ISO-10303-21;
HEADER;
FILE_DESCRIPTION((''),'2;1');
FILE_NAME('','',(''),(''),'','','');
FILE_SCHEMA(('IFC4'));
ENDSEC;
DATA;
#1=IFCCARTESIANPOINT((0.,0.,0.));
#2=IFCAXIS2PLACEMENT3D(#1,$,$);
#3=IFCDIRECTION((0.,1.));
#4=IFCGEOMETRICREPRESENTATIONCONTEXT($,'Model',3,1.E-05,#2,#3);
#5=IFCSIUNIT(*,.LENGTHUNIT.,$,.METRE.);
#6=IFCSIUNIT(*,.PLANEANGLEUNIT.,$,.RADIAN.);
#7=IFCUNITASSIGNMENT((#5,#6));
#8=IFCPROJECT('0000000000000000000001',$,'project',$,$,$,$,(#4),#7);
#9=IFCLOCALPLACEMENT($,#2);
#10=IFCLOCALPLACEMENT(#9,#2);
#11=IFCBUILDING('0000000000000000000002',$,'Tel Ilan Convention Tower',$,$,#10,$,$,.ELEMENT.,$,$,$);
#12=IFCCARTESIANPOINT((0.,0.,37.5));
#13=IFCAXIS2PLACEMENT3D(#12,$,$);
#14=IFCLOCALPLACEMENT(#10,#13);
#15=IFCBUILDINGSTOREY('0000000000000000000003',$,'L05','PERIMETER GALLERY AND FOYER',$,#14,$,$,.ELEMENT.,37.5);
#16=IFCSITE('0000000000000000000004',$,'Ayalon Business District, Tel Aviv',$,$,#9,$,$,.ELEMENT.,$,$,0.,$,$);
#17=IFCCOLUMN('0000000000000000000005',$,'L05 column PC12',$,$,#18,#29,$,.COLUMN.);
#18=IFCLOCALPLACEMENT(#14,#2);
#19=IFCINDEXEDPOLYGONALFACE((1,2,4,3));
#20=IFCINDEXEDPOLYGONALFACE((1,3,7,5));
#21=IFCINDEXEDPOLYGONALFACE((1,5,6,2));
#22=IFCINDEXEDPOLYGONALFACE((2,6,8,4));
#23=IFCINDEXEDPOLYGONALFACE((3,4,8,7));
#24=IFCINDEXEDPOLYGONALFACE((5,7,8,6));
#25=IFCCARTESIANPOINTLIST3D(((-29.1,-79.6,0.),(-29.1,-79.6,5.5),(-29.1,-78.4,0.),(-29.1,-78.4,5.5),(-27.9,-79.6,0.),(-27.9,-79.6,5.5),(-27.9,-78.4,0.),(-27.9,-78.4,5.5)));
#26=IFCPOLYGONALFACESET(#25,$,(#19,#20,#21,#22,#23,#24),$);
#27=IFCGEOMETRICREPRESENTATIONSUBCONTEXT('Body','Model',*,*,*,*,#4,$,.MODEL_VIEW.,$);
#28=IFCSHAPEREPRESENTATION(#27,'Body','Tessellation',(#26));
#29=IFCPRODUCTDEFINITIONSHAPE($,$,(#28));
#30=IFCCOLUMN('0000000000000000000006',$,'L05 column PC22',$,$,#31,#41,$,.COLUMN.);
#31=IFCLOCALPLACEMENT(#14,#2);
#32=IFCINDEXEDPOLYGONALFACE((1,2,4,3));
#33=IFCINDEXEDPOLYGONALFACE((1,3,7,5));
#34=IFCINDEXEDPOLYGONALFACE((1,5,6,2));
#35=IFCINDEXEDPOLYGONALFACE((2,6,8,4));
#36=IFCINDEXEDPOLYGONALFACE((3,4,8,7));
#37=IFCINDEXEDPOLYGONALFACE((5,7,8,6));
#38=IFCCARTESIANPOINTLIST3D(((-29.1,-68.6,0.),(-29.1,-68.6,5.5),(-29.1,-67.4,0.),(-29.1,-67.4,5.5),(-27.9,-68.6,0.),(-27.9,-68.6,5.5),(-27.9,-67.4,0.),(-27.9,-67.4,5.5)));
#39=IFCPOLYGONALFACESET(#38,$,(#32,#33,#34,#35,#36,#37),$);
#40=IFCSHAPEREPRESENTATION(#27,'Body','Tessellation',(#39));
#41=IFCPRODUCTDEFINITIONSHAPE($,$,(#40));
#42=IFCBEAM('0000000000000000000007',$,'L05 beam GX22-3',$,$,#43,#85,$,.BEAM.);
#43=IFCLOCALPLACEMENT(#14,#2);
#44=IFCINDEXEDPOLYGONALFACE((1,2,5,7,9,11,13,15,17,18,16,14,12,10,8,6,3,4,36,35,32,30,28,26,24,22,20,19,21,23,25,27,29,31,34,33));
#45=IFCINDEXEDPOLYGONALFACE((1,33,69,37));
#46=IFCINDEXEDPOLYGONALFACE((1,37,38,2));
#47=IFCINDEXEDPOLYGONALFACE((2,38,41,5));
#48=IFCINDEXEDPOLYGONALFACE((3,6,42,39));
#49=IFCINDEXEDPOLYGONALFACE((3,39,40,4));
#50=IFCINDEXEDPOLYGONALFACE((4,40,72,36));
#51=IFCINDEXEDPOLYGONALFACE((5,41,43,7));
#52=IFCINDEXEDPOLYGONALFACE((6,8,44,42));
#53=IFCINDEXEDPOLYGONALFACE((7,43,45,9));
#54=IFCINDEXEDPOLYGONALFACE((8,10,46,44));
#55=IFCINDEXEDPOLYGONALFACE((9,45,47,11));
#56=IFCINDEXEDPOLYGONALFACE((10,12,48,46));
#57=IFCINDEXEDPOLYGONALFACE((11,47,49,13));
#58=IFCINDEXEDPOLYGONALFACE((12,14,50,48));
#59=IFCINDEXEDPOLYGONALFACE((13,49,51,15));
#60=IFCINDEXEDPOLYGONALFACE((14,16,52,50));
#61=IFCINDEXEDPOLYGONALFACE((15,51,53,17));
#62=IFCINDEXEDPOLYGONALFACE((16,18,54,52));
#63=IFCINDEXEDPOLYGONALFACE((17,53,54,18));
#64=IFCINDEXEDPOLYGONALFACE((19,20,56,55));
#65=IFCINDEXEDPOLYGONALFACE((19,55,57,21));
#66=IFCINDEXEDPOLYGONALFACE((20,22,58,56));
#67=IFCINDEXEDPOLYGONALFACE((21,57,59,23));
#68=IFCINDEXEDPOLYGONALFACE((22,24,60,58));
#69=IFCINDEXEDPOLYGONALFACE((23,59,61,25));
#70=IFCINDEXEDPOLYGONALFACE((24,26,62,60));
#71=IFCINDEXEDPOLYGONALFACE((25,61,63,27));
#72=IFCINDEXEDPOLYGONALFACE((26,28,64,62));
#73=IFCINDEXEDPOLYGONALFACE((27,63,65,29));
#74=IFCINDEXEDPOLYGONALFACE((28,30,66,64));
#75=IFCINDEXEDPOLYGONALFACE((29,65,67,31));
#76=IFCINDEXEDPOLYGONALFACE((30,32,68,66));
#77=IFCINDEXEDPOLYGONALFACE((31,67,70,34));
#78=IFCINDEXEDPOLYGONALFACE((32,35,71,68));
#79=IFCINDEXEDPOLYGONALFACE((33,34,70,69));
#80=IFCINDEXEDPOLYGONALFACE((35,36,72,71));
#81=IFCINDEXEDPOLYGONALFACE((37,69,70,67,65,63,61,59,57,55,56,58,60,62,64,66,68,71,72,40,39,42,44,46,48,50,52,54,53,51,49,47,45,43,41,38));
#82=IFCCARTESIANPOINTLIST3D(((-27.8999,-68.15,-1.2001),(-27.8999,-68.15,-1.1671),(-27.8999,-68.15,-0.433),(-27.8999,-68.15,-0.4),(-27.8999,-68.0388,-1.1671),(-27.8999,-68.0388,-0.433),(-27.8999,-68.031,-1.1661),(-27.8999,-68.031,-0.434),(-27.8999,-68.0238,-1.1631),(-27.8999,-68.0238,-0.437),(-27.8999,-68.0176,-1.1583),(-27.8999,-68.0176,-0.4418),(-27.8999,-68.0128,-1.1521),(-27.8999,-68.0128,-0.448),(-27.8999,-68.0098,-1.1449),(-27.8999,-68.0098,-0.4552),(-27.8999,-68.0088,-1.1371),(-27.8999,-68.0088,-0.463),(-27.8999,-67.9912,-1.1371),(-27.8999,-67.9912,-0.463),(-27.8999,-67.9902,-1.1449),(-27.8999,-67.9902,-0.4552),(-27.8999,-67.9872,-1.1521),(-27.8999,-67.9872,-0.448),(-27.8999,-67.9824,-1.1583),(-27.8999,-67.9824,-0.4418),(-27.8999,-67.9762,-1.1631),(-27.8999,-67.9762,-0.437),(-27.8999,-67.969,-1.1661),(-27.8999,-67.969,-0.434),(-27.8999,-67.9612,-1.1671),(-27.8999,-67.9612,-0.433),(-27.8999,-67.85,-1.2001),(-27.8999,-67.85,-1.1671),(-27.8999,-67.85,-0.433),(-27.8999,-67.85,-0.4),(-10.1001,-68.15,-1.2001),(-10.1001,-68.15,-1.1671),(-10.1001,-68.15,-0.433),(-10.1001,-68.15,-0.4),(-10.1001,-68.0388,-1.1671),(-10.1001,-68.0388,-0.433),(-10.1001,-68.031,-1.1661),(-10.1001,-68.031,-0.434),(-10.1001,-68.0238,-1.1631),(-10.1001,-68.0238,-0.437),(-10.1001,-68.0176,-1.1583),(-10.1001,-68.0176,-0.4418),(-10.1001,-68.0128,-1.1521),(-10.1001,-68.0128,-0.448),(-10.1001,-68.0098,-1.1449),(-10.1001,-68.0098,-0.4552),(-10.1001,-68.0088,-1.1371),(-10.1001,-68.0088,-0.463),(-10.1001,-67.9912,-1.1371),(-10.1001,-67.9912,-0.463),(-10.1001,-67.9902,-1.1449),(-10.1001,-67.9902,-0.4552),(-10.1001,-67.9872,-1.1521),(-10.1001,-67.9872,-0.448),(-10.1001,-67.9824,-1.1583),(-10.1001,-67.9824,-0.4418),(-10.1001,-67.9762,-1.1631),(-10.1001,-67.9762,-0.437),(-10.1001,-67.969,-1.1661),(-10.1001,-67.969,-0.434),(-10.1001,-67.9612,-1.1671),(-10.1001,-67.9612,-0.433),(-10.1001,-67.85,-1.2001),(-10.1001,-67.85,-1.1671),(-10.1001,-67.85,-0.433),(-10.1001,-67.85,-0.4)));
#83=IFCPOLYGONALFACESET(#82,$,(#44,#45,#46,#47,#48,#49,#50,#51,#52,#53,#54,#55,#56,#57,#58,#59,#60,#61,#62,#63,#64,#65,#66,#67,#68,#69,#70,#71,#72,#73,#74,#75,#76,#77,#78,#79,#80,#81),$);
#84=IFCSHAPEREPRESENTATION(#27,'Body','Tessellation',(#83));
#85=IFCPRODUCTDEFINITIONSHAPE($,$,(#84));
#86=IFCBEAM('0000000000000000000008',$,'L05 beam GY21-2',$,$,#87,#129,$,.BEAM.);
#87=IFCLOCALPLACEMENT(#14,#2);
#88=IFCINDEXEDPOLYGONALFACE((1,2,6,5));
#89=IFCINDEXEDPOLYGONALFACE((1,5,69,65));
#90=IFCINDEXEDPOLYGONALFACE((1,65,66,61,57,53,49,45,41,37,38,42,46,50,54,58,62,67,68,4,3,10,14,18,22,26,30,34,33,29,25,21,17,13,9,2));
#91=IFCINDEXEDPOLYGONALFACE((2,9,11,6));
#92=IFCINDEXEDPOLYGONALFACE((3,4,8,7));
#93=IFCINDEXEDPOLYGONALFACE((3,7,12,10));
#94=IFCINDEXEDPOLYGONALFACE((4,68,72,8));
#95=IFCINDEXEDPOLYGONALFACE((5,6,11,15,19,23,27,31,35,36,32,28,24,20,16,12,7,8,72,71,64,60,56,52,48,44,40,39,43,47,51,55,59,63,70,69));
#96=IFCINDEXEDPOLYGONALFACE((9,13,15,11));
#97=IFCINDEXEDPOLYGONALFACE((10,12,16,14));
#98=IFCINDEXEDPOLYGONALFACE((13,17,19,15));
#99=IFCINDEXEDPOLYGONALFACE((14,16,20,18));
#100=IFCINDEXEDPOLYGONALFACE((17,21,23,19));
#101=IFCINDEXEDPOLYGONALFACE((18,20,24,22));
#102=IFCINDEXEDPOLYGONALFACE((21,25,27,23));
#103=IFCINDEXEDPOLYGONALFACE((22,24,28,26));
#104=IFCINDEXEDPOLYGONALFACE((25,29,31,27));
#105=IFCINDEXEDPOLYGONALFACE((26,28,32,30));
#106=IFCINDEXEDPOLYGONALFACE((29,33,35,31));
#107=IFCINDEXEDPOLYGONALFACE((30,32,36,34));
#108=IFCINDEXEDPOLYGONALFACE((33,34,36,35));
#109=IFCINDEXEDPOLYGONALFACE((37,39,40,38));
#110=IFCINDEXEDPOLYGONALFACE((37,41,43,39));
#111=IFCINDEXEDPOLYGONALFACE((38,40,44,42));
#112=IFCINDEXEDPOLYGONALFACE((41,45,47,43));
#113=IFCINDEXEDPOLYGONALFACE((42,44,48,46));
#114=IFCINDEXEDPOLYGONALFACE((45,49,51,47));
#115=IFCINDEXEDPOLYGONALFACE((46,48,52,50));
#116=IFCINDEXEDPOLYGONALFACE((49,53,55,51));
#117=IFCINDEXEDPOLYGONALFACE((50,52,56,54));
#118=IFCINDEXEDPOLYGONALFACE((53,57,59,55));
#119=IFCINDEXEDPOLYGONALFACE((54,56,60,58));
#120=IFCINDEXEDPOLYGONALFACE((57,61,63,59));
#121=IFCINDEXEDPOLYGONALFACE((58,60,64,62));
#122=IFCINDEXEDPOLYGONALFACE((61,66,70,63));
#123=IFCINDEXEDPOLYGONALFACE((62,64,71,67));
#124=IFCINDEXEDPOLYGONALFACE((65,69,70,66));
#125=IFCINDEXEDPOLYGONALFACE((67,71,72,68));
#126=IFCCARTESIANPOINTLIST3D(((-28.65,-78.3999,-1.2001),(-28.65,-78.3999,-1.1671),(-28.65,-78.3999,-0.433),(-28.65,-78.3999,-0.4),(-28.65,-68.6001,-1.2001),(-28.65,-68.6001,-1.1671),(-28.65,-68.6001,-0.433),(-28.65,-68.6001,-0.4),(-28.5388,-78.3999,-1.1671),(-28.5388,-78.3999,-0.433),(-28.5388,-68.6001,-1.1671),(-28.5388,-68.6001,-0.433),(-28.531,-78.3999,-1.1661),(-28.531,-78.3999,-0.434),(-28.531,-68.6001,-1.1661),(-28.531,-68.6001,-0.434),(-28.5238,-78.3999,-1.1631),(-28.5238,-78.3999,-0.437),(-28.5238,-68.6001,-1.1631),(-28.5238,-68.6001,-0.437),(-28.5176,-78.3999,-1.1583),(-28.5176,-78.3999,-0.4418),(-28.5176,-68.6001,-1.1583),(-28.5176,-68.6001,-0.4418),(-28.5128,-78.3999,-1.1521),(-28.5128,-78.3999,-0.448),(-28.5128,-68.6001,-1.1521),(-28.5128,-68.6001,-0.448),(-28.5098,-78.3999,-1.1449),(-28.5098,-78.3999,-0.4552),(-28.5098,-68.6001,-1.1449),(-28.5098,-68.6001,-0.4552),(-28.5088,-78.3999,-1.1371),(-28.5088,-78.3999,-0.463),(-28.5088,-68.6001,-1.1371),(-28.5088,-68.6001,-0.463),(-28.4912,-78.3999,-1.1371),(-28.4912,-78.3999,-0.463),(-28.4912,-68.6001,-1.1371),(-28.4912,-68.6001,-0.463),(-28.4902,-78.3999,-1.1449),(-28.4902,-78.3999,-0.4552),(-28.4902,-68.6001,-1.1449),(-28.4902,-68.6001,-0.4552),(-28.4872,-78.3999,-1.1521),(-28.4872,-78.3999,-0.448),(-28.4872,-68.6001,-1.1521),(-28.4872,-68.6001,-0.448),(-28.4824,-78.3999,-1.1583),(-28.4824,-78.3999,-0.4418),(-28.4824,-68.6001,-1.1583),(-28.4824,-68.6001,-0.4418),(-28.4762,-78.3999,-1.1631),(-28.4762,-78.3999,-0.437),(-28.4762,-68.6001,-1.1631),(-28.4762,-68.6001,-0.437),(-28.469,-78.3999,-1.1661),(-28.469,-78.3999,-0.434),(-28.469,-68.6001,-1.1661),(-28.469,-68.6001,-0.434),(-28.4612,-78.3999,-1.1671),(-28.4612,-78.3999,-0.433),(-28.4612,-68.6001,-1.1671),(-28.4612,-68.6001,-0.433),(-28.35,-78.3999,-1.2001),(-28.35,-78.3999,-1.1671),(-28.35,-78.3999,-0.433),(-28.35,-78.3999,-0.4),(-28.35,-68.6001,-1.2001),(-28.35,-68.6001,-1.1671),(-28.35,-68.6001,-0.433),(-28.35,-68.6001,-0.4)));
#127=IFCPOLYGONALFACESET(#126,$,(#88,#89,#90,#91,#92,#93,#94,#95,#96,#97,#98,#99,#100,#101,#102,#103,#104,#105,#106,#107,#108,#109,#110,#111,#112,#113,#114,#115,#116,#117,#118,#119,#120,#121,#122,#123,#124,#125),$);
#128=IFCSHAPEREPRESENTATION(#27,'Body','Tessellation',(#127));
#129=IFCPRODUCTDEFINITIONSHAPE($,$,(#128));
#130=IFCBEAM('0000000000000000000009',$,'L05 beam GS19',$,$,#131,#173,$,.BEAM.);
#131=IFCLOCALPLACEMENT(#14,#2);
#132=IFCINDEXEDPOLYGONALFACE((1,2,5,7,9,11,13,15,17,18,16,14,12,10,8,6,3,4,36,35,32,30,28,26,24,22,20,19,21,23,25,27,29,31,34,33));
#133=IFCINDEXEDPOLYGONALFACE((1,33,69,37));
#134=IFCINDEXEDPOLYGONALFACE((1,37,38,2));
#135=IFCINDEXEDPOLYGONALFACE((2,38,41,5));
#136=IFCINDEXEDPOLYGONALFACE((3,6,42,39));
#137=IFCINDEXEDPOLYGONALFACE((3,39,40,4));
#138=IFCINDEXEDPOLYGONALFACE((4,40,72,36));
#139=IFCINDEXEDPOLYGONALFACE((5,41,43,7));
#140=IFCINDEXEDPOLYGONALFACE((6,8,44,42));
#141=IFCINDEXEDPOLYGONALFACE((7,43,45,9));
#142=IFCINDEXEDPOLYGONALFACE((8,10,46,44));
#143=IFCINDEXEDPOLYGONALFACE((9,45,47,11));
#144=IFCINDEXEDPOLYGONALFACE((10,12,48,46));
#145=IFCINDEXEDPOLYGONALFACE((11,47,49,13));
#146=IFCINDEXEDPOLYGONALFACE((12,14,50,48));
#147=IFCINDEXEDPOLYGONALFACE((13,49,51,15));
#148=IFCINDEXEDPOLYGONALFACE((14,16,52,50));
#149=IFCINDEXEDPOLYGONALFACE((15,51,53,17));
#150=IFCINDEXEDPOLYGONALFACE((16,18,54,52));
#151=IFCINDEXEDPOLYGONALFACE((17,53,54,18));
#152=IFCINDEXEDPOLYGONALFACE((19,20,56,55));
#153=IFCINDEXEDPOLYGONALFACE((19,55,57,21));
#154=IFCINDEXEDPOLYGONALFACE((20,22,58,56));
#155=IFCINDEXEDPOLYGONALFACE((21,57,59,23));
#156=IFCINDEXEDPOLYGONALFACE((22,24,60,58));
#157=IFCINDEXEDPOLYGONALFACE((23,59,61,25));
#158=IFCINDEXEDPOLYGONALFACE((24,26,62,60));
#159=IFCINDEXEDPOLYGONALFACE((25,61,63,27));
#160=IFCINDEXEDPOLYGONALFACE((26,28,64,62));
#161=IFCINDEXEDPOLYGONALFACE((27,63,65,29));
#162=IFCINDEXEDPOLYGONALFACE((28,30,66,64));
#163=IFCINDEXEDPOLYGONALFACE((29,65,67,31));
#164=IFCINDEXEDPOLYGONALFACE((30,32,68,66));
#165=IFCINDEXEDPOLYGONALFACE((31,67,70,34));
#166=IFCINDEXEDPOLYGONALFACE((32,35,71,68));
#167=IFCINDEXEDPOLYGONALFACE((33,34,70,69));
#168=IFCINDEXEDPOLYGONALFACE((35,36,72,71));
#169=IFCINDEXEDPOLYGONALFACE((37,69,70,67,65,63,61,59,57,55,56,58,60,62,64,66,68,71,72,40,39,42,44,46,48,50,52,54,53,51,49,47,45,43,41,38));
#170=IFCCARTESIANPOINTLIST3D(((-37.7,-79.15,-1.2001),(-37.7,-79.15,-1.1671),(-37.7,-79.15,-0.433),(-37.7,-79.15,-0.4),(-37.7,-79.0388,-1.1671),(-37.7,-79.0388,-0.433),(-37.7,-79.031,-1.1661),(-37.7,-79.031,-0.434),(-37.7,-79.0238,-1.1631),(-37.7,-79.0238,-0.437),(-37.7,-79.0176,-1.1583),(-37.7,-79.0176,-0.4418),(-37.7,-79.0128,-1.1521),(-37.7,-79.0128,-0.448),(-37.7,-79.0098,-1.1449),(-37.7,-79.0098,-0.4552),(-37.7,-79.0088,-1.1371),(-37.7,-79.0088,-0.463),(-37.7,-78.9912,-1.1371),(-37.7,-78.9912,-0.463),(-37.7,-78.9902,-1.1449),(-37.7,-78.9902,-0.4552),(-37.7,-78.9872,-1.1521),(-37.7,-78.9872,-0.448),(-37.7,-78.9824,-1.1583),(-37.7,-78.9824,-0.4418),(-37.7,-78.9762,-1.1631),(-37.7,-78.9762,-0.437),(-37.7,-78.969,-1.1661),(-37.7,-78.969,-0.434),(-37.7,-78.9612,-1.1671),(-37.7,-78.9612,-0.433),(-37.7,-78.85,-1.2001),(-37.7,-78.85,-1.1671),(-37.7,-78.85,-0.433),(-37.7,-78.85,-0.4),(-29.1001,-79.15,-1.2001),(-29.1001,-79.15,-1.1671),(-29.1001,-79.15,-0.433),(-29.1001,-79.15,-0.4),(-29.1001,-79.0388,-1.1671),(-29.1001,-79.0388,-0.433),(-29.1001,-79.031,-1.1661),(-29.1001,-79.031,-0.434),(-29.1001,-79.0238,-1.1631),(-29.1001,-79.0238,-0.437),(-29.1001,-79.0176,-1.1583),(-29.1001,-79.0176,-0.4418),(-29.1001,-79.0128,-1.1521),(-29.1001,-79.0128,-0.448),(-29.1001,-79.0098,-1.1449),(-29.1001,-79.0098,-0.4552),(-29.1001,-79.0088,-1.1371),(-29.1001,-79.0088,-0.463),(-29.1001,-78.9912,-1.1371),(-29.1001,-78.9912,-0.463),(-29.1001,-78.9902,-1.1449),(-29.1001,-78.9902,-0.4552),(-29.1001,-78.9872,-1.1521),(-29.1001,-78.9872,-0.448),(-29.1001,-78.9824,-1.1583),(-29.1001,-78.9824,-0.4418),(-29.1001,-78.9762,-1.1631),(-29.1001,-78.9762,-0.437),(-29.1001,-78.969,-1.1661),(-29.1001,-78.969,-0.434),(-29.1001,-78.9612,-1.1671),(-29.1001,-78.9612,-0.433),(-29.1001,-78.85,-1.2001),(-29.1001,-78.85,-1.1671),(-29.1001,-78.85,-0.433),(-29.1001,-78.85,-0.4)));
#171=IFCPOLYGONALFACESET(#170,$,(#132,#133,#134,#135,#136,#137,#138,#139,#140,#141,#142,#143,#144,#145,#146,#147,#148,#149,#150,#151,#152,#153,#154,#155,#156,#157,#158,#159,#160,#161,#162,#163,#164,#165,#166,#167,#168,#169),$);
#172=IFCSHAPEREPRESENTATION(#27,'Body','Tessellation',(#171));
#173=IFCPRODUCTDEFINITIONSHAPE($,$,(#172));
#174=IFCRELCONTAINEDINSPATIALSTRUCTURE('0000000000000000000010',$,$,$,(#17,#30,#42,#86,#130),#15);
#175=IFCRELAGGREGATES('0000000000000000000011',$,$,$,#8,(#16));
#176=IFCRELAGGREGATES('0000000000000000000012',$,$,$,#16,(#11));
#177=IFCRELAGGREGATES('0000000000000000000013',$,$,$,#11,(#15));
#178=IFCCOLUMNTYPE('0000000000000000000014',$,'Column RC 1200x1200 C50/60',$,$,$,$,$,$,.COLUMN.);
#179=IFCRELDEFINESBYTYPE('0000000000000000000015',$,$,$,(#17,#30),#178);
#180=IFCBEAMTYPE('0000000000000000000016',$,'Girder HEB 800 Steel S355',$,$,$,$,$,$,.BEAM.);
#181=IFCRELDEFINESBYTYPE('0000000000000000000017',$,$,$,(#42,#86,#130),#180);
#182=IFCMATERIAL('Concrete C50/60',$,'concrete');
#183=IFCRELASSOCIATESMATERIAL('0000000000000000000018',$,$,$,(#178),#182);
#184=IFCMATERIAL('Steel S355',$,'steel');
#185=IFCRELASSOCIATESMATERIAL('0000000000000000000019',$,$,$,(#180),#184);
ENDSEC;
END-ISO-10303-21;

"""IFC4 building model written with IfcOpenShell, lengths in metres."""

from ifc_helpers import new_model, si_unit, direction, frame, origin, origin_2d, place, context, subcontext, project, spatial, rectangle, i_section, extrude, material, material_profile, profile_set, type_object, element, save


model = new_model("IFC4")

# Units and contexts
model_context = context("Model", 3, precision=1e-05, world=origin(), true_north=direction((0.0, 1.0)))
body_context = subcontext(model_context, "Body", "Model", "MODEL_VIEW")
ifc_project = project(units=[si_unit("LENGTHUNIT", "METRE"), si_unit("PLANEANGLEUNIT", "RADIAN")], contexts=[model_context])

# Site, building, storey
site_placement = place(None, origin())
site = spatial("IfcSite", under=ifc_project, at=site_placement, Name="Ayalon Business District, Tel Aviv", CompositionType="ELEMENT", RefElevation=0.0)
building_placement = place(site_placement, origin())
building = spatial("IfcBuilding", under=site, at=building_placement, Name="Tel Ilan Convention Tower", CompositionType="ELEMENT")
storey_placement = place(building_placement, frame((0.0, 0.0, 37.5)))
storey = spatial("IfcBuildingStorey", under=building, at=storey_placement, Name="L05", Description="PERIMETER GALLERY AND FOYER", CompositionType="ELEMENT", Elevation=37.5)

# Columns
ifc_material_1 = material(Name="Concrete C50/60", Category="concrete")
ifc_material_profile_1 = material_profile(ifc_material_1, rectangle(XDim=1.2, YDim=1.2, at=origin_2d()), Name="RC 1200x1200")
ifc_profile_set_1 = profile_set([ifc_material_profile_1], Name="Concrete C50/60")
column_type = type_object("IfcColumnType", Name="Column RC 1200x1200 C50/60", PredefinedType="COLUMN", material=ifc_profile_set_1)
for number, where, z_axis, x_axis, name in (
    (1, (-28.5, -79.0, 0.0), (0.0, 0.0, 1.0), (1.0, 0.0, 0.0), "L05 column PC12"),
    (2, (-28.5, -68.0, 0.0), (0.0, 0.0, 1.0), (1.0, 0.0, 0.0), "L05 column PC22"),
):
    element("IfcColumn", number, at=place(storey_placement, frame(where, z_axis=z_axis, x_axis=x_axis)), inside=storey, type_object=column_type, Name=name, PredefinedType="COLUMN", context=body_context, shape_type="SweptSolid", body=[
        extrude(rectangle(XDim=1.2, YDim=1.2, at=origin_2d()), origin(), (0.0, 0.0, 1.0), 5.5),
    ])

# Beams
ifc_material_2 = material(Name="Steel S355", Category="steel")
ifc_material_profile_2 = material_profile(ifc_material_2, i_section(OverallWidth=0.3, OverallDepth=0.8, WebThickness=0.0176, FlangeThickness=0.033, FilletRadius=0.03, at=origin_2d()), Name="HEB 800")
ifc_profile_set_2 = profile_set([ifc_material_profile_2], Name="Steel S355")
beam_type_1 = type_object("IfcBeamType", Name="Girder HEB 800 Steel S355", PredefinedType="BEAM", material=ifc_profile_set_2)
beam_1_placement = place(storey_placement, frame((-27.8999, -68.0, -0.8), z_axis=(1.0, 0.0, 0.0), x_axis=(0.0, 1.0, 0.0)))
element("IfcBeam", 3, at=beam_1_placement, inside=storey, type_object=beam_type_1, Name="L05 beam GX22-3", PredefinedType="BEAM", context=body_context, shape_type="SweptSolid", body=[
    extrude(i_section(OverallWidth=0.3, OverallDepth=0.8, WebThickness=0.0176, FlangeThickness=0.033, FilletRadius=0.03, at=origin_2d()), origin(), (0.0, 0.0, 1.0), 17.7998),
])
beam_2_placement = place(storey_placement, frame((-28.5, -78.3999, -0.8), z_axis=(0.0, 1.0, 0.0), x_axis=(-1.0, 0.0, 0.0)))
element("IfcBeam", 4, at=beam_2_placement, inside=storey, type_object=beam_type_1, Name="L05 beam GY21-2", PredefinedType="BEAM", context=body_context, shape_type="SweptSolid", body=[
    extrude(i_section(OverallWidth=0.3, OverallDepth=0.8, WebThickness=0.0176, FlangeThickness=0.033, FilletRadius=0.03, at=origin_2d()), origin(), (0.0, 0.0, 1.0), 9.7998),
])
for number, where, z_axis, x_axis, name in (
    (5, (-37.7, -79.0, -0.8), (1.0, 0.0, 0.0), (0.0, 1.0, 0.0), "L05 beam GS19"),
):
    element("IfcBeam", number, at=place(storey_placement, frame(where, z_axis=z_axis, x_axis=x_axis)), inside=storey, type_object=beam_type_1, Name=name, PredefinedType="BEAM", context=body_context, shape_type="SweptSolid", body=[
        extrude(i_section(OverallWidth=0.3, OverallDepth=0.8, WebThickness=0.0176, FlangeThickness=0.033, FilletRadius=0.03, at=origin_2d()), origin(), (0.0, 0.0, 1.0), 8.5999),
    ])

save(model, "model.ifc")
